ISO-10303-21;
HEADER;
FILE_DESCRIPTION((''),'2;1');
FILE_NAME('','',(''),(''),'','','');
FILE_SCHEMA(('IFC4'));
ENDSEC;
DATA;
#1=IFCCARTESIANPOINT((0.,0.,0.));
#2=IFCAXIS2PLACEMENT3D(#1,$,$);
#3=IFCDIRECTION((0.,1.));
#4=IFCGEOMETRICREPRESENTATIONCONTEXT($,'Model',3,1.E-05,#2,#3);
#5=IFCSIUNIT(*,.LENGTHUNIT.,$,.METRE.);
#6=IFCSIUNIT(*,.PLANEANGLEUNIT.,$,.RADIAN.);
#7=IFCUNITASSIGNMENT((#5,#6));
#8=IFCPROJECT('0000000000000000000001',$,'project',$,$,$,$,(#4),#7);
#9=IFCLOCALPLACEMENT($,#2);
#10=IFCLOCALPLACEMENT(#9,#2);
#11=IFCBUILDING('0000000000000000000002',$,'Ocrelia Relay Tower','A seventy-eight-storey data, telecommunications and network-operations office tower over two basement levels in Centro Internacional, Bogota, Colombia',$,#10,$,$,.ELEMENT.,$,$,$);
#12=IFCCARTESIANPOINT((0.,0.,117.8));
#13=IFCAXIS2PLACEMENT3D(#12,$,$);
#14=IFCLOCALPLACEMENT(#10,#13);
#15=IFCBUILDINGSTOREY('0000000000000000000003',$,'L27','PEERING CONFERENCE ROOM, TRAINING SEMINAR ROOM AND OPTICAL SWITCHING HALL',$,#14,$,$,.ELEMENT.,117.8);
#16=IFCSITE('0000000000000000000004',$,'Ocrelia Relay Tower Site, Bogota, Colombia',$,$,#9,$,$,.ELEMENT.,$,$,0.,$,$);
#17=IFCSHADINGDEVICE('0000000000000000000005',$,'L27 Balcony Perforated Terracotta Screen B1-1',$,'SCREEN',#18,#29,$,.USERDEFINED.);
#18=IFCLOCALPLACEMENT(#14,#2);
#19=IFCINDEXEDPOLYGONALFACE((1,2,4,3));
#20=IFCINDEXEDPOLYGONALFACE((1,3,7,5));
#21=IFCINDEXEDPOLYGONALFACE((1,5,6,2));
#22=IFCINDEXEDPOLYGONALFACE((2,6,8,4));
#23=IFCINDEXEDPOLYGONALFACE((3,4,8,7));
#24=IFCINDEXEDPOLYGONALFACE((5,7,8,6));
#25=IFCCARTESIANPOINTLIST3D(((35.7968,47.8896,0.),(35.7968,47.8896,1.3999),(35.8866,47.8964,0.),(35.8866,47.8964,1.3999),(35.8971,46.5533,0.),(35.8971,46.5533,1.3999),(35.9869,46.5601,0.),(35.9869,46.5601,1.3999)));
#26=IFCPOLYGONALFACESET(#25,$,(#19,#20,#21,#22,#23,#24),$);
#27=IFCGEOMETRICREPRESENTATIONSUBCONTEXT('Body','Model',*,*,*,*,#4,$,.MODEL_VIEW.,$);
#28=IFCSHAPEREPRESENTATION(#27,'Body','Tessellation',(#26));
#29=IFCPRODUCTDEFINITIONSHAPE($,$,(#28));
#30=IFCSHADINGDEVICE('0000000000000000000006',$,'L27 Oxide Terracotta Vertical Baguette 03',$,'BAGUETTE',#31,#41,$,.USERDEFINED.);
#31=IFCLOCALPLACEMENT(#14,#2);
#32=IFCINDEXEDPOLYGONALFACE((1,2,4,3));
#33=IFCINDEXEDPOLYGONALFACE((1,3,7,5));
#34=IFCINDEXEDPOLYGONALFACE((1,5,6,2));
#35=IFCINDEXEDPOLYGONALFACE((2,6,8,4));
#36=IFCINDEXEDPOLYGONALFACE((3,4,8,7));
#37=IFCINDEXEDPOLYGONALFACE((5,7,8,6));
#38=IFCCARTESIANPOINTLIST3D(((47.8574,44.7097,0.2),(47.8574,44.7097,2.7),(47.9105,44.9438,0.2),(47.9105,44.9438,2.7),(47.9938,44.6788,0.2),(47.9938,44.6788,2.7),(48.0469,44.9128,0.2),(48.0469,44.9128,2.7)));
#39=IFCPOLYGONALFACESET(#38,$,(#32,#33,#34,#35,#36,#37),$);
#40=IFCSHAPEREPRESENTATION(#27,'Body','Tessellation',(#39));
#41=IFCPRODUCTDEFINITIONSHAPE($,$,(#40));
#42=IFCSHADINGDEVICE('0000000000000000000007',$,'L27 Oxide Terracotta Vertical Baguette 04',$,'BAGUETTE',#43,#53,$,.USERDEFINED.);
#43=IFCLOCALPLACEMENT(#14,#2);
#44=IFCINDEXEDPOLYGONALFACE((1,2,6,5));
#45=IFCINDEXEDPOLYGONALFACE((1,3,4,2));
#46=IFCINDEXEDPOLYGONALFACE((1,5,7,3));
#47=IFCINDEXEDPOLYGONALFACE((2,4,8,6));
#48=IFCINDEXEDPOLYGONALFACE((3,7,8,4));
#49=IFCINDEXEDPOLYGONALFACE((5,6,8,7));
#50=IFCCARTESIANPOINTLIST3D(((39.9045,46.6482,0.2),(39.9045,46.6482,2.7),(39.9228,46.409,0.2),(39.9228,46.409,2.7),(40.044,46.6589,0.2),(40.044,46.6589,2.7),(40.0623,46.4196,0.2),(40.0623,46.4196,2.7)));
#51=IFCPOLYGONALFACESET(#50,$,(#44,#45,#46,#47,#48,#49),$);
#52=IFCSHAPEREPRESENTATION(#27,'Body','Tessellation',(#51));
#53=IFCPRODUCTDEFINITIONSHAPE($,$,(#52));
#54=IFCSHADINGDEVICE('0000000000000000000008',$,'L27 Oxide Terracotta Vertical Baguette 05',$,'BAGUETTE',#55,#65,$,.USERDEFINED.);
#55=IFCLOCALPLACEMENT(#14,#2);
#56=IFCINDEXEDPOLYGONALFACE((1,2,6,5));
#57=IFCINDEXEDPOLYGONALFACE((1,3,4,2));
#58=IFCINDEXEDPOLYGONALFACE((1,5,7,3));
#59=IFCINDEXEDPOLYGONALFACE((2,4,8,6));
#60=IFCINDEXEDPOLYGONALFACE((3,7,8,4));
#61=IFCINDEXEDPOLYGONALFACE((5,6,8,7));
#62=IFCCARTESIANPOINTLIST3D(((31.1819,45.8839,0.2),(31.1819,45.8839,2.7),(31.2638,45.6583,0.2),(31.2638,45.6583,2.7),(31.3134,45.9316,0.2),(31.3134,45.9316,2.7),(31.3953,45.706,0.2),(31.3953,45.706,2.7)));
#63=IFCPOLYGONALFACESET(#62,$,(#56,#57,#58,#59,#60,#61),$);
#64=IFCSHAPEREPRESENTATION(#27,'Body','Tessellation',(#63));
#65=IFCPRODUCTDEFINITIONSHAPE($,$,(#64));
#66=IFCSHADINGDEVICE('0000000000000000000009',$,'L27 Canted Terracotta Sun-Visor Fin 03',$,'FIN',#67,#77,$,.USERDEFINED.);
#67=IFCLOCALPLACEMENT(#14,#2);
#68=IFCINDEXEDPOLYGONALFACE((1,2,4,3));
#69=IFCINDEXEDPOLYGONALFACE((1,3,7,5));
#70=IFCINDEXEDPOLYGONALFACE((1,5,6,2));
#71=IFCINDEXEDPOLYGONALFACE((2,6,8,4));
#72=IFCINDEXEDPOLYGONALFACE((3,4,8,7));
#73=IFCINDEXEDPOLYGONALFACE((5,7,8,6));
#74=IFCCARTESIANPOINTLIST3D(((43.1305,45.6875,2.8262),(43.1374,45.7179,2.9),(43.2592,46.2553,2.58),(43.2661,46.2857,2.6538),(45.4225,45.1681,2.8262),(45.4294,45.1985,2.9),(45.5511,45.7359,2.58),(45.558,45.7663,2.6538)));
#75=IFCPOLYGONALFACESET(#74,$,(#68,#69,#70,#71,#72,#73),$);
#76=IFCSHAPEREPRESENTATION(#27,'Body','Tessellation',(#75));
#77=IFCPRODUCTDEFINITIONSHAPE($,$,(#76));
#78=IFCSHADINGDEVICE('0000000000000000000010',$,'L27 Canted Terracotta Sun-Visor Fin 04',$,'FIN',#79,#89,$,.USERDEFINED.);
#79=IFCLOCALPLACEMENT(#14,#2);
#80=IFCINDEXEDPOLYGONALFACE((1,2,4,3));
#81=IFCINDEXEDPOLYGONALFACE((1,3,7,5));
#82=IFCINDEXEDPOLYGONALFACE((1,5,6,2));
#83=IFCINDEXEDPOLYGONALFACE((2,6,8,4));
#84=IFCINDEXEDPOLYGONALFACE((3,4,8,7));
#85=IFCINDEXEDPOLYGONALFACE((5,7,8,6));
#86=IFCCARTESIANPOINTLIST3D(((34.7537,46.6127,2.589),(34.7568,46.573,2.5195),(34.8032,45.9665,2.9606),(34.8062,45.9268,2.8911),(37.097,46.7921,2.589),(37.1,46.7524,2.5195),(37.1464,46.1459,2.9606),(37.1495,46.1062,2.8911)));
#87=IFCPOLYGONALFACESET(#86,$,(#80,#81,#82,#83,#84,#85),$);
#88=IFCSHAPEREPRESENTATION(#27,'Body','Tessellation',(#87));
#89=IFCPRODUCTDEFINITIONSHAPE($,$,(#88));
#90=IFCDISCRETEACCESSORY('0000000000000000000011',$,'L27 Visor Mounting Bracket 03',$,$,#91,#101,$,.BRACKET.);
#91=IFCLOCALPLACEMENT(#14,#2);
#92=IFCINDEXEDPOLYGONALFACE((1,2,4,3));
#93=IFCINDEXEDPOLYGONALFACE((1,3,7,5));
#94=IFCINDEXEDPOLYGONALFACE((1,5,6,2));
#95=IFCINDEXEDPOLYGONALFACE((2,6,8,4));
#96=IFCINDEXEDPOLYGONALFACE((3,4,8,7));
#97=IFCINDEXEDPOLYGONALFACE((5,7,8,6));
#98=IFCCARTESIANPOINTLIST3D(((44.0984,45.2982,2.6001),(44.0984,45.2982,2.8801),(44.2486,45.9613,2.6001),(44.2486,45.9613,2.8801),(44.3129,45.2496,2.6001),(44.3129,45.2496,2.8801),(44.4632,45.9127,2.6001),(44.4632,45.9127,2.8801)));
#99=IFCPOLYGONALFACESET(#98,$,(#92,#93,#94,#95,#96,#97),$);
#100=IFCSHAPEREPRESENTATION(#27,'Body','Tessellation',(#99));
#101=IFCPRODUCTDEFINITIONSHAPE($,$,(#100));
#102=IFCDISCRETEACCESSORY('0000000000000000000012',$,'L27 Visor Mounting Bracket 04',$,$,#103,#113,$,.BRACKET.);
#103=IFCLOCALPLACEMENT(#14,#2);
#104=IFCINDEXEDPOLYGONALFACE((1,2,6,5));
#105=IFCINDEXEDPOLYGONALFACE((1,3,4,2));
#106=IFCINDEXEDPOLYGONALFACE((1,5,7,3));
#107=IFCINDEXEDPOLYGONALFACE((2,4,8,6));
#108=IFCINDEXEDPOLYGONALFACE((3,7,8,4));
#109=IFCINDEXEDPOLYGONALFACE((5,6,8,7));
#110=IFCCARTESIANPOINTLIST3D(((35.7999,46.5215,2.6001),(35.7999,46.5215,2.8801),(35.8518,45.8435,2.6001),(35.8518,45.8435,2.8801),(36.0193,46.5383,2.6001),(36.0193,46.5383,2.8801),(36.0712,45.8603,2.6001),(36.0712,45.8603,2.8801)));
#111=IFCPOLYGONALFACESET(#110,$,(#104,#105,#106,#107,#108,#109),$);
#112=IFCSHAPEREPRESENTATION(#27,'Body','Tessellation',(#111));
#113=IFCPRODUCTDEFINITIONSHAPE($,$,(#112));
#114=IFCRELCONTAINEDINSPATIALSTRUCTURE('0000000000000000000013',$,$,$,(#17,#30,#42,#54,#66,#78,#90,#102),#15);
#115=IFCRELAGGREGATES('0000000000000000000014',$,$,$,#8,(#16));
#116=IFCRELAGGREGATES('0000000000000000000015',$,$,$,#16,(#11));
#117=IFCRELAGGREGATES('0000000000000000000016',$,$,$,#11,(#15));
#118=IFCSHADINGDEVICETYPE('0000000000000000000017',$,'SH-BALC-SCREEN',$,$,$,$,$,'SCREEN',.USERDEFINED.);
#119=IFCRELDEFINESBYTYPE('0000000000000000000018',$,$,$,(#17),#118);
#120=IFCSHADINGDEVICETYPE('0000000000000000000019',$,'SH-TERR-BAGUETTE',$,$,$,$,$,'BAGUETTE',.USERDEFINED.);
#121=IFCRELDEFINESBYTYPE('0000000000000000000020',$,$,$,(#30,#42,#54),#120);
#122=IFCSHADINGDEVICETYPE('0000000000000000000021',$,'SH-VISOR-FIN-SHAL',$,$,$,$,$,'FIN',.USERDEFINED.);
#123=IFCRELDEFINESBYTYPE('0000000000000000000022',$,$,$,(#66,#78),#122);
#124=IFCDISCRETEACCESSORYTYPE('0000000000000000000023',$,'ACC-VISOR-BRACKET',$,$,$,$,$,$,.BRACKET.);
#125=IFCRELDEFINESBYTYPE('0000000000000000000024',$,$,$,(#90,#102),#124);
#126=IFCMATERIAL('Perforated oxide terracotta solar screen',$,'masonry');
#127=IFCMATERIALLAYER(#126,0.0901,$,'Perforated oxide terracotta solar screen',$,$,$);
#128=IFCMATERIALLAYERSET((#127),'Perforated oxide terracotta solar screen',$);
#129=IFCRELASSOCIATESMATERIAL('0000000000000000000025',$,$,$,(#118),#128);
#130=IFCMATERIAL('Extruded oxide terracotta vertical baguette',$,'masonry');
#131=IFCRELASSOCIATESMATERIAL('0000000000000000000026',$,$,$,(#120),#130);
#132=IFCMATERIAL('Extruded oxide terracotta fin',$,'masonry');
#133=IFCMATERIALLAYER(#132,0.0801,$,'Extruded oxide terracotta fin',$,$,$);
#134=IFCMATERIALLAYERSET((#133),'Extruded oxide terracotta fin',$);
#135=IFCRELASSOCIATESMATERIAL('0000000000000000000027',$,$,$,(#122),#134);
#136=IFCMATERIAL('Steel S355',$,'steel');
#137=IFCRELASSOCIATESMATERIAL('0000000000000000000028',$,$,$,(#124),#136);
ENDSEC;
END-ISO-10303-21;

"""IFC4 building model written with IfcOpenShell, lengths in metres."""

from ifc_helpers import new_model, si_unit, direction, frame, origin, origin_2d, place, context, subcontext, project, spatial, rectangle, extrude, material, layer, layer_set, type_object, element, save


model = new_model("IFC4")

# Units and contexts
model_context = context("Model", 3, precision=1e-05, world=origin(), true_north=direction((0.0, 1.0)))
body_context = subcontext(model_context, "Body", "Model", "MODEL_VIEW")
ifc_project = project(units=[si_unit("LENGTHUNIT", "METRE"), si_unit("PLANEANGLEUNIT", "RADIAN")], contexts=[model_context])

# Site, building, storey
site_placement = place(None, origin())
site = spatial("IfcSite", under=ifc_project, at=site_placement, Name="Ocrelia Relay Tower Site, Bogota, Colombia", CompositionType="ELEMENT", RefElevation=0.0)
building_placement = place(site_placement, origin())
building = spatial("IfcBuilding", under=site, at=building_placement, Name="Ocrelia Relay Tower", Description="A seventy-eight-storey data, telecommunications and network-operations office tower over two basement levels in Centro Internacional, Bogota, Colombia", CompositionType="ELEMENT")
storey_placement = place(building_placement, frame((0.0, 0.0, 117.8)))
storey = spatial("IfcBuildingStorey", under=building, at=storey_placement, Name="L27", Description="PEERING CONFERENCE ROOM, TRAINING SEMINAR ROOM AND OPTICAL SWITCHING HALL", CompositionType="ELEMENT", Elevation=117.8)

# Shared definitions
ifc_material_1 = material(Name="Steel S355", Category="steel")

# Shading devices
ifc_material_2 = material(Name="Perforated oxide terracotta solar screen", Category="masonry")
ifc_layer_1 = layer(ifc_material_2, 0.0901, Name="Perforated oxide terracotta solar screen")
ifc_layer_set_1 = layer_set([ifc_layer_1], Name="Perforated oxide terracotta solar screen")
shading_device_type_1 = type_object("IfcShadingDeviceType", Name="SH-BALC-SCREEN", ElementType="SCREEN", PredefinedType="USERDEFINED", material=ifc_layer_set_1)
shading_device_1_placement = place(storey_placement, frame((35.8918, 47.2249, 0.0), z_axis=(0.0, 0.0, 1.0), x_axis=(-0.074852, 0.997195, 0.0)))
element("IfcShadingDevice", 1, at=shading_device_1_placement, inside=storey, type_object=shading_device_type_1, Name="L27 Balcony Perforated Terracotta Screen B1-1", ObjectType="SCREEN", PredefinedType="USERDEFINED", context=body_context, shape_type="SweptSolid", body=[
    extrude(rectangle(XDim=1.3401, YDim=0.0901, at=origin_2d()), origin(), (0.0, 0.0, 1.0), 1.3999),
])
ifc_material_3 = material(Name="Extruded oxide terracotta vertical baguette", Category="masonry")
shading_device_type_2 = type_object("IfcShadingDeviceType", Name="SH-TERR-BAGUETTE", ElementType="BAGUETTE", PredefinedType="USERDEFINED", material=ifc_material_3)
for number, where, z_axis, x_axis, name in (
    (2, (47.9521, 44.8113, 0.2), (0.0, 0.0, 1.0), (-0.975272, 0.221008, 0.0), "L27 Oxide Terracotta Vertical Baguette 03"),
    (3, (39.9834, 46.5339, 0.2), (0.0, 0.0, 1.0), (-0.997081, -0.076353, 0.0), "L27 Oxide Terracotta Vertical Baguette 04"),
    (4, (31.2886, 45.7949, 0.2), (0.0, 0.0, 1.0), (-0.939991, -0.341198, 0.0), "L27 Oxide Terracotta Vertical Baguette 05"),
):
    element("IfcShadingDevice", number, at=place(storey_placement, frame(where, z_axis=z_axis, x_axis=x_axis)), inside=storey, type_object=shading_device_type_2, Name=name, ObjectType="BAGUETTE", PredefinedType="USERDEFINED", context=body_context, shape_type="SweptSolid", body=[
        extrude(rectangle(XDim=0.1399, YDim=0.24, at=origin_2d()), origin(), (0.0, 0.0, 1.0), 2.5),
    ])
ifc_material_4 = material(Name="Extruded oxide terracotta fin", Category="masonry")
ifc_layer_2 = layer(ifc_material_4, 0.0801, Name="Extruded oxide terracotta fin")
ifc_layer_set_2 = layer_set([ifc_layer_2], Name="Extruded oxide terracotta fin")
shading_device_type_3 = type_object("IfcShadingDeviceType", Name="SH-VISOR-FIN-SHAL", ElementType="FIN", PredefinedType="USERDEFINED", material=ifc_layer_set_2)
shading_device_2_placement = place(storey_placement, frame((44.3408, 45.7117, 2.7031), z_axis=(0.086071, 0.379815, 0.92105), x_axis=(-0.975272, 0.221008, 0.0)))
element("IfcShadingDevice", 5, at=shading_device_2_placement, inside=storey, type_object=shading_device_type_3, Name="L27 Canted Terracotta Sun-Visor Fin 03", ObjectType="FIN", PredefinedType="USERDEFINED", context=body_context, shape_type="SweptSolid", body=[
    extrude(rectangle(XDim=2.3501, YDim=0.6321, at=origin_2d()), origin(), (0.0, 0.0, 1.0), 0.0801),
])
shading_device_3_placement = place(storey_placement, frame((35.9531, 46.3396, 2.7053), z_axis=(-0.03798, 0.495976, 0.867505), x_axis=(-0.997081, -0.076353, 0.0)))
element("IfcShadingDevice", 6, at=shading_device_3_placement, inside=storey, type_object=shading_device_type_3, Name="L27 Canted Terracotta Sun-Visor Fin 04", ObjectType="FIN", PredefinedType="USERDEFINED", context=body_context, shape_type="SweptSolid", body=[
    extrude(rectangle(XDim=2.3501, YDim=0.7471, at=origin_2d()), origin(), (0.0, 0.0, 1.0), 0.0801),
])

# Discrete accessories
discrete_accessory_type = type_object("IfcDiscreteAccessoryType", Name="ACC-VISOR-BRACKET", PredefinedType="BRACKET", material=ifc_material_1)
for number, where, z_axis, x_axis, name in (
    (7, (44.2808, 45.6055, 2.6001), (0.0, 0.0, 1.0), (-0.975272, 0.221008, 0.0), "L27 Visor Mounting Bracket 03"),
    (8, (35.9355, 46.1909, 2.6001), (0.0, 0.0, 1.0), (-0.997081, -0.076353, 0.0), "L27 Visor Mounting Bracket 04"),
):
    element("IfcDiscreteAccessory", number, at=place(storey_placement, frame(where, z_axis=z_axis, x_axis=x_axis)), inside=storey, type_object=discrete_accessory_type, Name=name, PredefinedType="BRACKET", context=body_context, shape_type="SweptSolid", body=[
        extrude(rectangle(XDim=0.22, YDim=0.6799, at=origin_2d()), origin(), (0.0, 0.0, 1.0), 0.28),
    ])

save(model, "model.ifc")
